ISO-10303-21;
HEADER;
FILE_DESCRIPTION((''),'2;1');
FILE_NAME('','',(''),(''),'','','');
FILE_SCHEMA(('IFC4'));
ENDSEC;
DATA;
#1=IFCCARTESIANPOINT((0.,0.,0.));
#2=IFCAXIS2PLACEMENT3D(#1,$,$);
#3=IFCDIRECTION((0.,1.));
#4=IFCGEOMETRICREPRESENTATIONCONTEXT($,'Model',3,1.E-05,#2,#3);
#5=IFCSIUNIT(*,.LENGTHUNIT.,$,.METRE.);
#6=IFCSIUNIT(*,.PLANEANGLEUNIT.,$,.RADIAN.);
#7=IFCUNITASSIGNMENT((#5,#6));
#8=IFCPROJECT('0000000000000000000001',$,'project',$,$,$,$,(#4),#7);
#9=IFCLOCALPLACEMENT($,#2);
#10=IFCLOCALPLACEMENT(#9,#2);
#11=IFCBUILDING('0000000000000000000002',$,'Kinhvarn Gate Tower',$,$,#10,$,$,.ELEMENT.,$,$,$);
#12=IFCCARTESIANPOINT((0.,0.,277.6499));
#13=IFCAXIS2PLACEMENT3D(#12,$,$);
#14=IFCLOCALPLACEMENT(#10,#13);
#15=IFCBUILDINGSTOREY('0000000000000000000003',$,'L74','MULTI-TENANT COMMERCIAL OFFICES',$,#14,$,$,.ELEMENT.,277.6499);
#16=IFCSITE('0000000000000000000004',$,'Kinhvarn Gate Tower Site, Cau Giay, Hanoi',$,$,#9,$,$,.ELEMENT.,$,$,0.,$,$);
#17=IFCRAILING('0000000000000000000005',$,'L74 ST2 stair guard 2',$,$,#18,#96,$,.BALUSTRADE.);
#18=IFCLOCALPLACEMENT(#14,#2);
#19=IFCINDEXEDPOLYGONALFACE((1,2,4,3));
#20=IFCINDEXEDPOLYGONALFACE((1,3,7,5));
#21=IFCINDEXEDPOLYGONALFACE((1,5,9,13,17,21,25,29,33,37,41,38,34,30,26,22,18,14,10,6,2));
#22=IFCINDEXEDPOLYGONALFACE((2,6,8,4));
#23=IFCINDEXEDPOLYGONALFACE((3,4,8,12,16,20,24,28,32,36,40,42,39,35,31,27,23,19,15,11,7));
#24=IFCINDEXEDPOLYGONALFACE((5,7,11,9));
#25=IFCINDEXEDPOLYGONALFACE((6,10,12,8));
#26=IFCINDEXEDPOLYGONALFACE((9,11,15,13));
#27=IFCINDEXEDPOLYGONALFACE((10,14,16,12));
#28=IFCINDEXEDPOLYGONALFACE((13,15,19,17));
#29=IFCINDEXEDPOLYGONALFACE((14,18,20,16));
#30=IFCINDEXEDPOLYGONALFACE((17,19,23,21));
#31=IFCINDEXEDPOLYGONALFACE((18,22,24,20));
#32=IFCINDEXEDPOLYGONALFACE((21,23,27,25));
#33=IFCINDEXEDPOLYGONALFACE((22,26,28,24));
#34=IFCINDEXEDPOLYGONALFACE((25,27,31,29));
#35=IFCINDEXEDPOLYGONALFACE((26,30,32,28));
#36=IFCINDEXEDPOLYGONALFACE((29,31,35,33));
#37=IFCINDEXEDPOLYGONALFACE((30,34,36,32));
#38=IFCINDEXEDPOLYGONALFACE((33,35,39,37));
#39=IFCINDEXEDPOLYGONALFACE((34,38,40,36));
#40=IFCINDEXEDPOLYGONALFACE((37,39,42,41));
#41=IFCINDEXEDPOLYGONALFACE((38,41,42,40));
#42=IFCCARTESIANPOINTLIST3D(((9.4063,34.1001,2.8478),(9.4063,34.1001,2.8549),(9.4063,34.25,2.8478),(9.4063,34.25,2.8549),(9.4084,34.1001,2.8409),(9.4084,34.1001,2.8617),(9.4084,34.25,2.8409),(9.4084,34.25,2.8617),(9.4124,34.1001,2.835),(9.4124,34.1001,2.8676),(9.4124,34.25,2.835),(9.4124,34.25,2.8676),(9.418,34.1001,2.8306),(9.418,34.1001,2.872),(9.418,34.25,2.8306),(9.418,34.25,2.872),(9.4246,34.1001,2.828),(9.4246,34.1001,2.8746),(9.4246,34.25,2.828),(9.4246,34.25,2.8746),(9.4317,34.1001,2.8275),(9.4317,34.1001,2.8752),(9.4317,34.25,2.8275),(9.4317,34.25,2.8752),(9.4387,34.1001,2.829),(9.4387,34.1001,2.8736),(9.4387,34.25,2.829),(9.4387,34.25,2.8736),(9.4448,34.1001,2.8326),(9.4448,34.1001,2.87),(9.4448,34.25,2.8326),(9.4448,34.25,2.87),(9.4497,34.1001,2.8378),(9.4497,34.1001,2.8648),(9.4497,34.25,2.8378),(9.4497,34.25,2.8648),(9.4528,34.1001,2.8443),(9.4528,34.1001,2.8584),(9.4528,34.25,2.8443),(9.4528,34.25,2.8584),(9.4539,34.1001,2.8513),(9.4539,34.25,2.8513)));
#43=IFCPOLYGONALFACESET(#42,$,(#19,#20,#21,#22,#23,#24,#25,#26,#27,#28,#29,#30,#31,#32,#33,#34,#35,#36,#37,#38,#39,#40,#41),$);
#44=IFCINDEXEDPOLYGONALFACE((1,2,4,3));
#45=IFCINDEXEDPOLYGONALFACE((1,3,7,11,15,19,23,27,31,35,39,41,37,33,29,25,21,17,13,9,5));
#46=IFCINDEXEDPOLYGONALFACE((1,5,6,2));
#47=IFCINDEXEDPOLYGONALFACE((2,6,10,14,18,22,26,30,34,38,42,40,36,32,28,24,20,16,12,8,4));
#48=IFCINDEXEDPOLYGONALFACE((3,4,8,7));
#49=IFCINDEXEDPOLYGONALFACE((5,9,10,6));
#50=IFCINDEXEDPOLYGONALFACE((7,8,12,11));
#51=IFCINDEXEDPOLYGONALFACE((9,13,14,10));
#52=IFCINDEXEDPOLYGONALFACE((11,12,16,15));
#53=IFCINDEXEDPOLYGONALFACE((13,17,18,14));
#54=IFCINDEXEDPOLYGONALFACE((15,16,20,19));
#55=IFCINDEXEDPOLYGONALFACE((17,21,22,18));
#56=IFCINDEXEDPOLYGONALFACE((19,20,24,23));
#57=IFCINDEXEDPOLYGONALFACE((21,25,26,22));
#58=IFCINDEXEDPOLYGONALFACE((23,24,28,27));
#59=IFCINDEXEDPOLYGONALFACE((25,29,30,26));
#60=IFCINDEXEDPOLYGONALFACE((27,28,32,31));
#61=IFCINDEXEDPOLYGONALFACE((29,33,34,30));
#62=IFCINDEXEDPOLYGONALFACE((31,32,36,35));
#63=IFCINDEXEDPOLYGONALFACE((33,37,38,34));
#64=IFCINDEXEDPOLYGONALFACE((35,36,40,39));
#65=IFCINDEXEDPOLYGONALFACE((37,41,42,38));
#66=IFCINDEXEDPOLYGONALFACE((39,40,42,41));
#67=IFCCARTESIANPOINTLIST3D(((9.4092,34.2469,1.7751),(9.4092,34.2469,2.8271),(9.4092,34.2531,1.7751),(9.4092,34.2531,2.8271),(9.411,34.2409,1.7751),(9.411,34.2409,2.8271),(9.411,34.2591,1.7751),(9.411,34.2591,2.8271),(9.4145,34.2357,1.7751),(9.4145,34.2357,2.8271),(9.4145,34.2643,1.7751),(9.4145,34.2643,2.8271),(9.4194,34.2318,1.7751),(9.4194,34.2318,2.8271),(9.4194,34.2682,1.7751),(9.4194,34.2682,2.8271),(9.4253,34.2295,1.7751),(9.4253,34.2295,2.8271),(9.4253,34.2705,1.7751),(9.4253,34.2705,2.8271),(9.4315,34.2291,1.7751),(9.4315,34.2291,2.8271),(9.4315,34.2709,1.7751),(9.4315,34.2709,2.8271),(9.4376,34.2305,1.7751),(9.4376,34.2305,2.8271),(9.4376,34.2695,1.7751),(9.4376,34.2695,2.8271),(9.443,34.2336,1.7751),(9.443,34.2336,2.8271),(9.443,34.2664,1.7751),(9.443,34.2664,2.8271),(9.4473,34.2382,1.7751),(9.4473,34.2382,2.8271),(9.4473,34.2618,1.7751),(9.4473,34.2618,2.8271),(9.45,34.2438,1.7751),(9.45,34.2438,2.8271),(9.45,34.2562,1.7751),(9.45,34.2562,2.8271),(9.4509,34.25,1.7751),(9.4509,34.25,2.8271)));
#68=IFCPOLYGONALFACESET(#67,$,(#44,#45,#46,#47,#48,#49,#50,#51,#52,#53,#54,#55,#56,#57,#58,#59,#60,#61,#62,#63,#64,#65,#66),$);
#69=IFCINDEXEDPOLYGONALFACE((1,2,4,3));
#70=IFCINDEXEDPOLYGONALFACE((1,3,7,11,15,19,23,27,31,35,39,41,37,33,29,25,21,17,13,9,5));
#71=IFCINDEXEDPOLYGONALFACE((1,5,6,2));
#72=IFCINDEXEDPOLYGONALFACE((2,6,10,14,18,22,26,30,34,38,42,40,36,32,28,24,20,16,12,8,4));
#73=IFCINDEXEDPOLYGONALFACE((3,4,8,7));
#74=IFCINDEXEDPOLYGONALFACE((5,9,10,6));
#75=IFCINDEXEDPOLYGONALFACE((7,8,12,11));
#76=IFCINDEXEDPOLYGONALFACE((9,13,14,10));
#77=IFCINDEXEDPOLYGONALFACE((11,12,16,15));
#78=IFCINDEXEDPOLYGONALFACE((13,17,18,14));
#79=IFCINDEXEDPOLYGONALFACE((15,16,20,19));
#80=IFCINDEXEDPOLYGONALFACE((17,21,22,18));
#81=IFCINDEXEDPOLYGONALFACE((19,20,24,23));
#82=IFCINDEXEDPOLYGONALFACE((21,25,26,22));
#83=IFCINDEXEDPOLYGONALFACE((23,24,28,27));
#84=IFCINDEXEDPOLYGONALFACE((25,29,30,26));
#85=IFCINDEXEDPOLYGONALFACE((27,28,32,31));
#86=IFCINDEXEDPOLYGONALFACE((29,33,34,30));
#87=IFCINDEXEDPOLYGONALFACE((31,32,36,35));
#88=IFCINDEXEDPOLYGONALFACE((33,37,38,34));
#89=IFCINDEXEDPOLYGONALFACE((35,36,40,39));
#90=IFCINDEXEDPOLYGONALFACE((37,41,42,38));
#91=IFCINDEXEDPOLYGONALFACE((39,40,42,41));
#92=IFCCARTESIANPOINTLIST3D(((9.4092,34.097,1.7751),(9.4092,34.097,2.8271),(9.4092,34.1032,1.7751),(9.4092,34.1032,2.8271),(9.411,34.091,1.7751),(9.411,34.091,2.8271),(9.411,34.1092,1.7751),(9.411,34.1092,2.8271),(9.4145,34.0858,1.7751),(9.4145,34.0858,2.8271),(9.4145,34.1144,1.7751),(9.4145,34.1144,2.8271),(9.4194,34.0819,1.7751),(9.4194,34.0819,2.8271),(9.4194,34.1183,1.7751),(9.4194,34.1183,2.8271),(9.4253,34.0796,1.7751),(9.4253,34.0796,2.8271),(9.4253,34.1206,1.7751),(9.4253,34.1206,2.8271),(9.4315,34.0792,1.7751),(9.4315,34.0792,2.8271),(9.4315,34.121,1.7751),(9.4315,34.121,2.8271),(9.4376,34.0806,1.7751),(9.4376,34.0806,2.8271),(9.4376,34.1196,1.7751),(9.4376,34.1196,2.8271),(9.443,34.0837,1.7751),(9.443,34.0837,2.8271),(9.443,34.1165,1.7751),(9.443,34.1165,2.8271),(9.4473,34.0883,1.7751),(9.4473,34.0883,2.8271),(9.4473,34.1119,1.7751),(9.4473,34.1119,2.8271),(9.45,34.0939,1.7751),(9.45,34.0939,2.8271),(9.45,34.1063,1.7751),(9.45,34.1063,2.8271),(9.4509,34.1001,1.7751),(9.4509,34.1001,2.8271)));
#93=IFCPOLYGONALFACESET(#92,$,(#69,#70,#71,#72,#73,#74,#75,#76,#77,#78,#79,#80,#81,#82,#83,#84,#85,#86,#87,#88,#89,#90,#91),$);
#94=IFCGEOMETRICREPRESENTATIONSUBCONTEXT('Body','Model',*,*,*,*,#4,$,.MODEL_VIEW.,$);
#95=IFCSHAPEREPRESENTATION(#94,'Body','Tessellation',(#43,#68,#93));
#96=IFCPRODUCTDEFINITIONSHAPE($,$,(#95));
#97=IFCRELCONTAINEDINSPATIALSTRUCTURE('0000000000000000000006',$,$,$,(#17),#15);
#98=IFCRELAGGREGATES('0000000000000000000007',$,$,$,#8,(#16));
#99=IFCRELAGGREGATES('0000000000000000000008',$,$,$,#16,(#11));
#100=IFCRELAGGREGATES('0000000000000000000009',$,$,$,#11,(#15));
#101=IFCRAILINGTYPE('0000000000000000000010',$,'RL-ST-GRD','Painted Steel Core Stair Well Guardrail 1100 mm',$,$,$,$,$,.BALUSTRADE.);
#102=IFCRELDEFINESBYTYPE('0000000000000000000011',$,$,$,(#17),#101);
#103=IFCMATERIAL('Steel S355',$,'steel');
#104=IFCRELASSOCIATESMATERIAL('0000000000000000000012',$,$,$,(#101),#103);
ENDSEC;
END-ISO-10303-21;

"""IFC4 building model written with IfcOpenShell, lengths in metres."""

from ifc_helpers import new_model, si_unit, direction, frame, origin, origin_2d, place, context, subcontext, project, spatial, circle, extrude, material, type_object, element, save


model = new_model("IFC4")

# Units and contexts
model_context = context("Model", 3, precision=1e-05, world=origin(), true_north=direction((0.0, 1.0)))
body_context = subcontext(model_context, "Body", "Model", "MODEL_VIEW")
ifc_project = project(units=[si_unit("LENGTHUNIT", "METRE"), si_unit("PLANEANGLEUNIT", "RADIAN")], contexts=[model_context])

# Site, building, storey
site_placement = place(None, origin())
site = spatial("IfcSite", under=ifc_project, at=site_placement, Name="Kinhvarn Gate Tower Site, Cau Giay, Hanoi", CompositionType="ELEMENT", RefElevation=0.0)
building_placement = place(site_placement, origin())
building = spatial("IfcBuilding", under=site, at=building_placement, Name="Kinhvarn Gate Tower", CompositionType="ELEMENT")
storey_placement = place(building_placement, frame((0.0, 0.0, 277.6499)))
storey = spatial("IfcBuildingStorey", under=building, at=storey_placement, Name="L74", Description="MULTI-TENANT COMMERCIAL OFFICES", CompositionType="ELEMENT", Elevation=277.6499)

# Railing
ifc_material_1 = material(Name="Steel S355", Category="steel")
railing_type_1 = type_object("IfcRailingType", Name="RL-ST-GRD", Description="Painted Steel Core Stair Well Guardrail 1100 mm", PredefinedType="BALUSTRADE", material=ifc_material_1)
railing_1_placement = place(storey_placement, frame((9.4299, 34.25, 1.7751)))
element("IfcRailing", 1, at=railing_1_placement, inside=storey, type_object=railing_type_1, Name="L74 ST2 stair guard 2", PredefinedType="BALUSTRADE", context=body_context, shape_type="SweptSolid", body=[
    extrude(circle(Radius=0.0239, at=origin_2d()), frame((0.0, 0.0, 1.0762), z_axis=(0.0, -1.0, 0.0), x_axis=(1.0, 0.0, 0.0)), (0.0, 0.0, 1.0), 0.1499),
    extrude(circle(Radius=0.021, at=origin_2d()), origin(), (0.0, 0.0, 1.0), 1.052),
    extrude(circle(Radius=0.021, at=origin_2d()), frame((0.0, -0.1499, 0.0)), (0.0, 0.0, 1.0), 1.052),
])

save(model, "model.ifc")
